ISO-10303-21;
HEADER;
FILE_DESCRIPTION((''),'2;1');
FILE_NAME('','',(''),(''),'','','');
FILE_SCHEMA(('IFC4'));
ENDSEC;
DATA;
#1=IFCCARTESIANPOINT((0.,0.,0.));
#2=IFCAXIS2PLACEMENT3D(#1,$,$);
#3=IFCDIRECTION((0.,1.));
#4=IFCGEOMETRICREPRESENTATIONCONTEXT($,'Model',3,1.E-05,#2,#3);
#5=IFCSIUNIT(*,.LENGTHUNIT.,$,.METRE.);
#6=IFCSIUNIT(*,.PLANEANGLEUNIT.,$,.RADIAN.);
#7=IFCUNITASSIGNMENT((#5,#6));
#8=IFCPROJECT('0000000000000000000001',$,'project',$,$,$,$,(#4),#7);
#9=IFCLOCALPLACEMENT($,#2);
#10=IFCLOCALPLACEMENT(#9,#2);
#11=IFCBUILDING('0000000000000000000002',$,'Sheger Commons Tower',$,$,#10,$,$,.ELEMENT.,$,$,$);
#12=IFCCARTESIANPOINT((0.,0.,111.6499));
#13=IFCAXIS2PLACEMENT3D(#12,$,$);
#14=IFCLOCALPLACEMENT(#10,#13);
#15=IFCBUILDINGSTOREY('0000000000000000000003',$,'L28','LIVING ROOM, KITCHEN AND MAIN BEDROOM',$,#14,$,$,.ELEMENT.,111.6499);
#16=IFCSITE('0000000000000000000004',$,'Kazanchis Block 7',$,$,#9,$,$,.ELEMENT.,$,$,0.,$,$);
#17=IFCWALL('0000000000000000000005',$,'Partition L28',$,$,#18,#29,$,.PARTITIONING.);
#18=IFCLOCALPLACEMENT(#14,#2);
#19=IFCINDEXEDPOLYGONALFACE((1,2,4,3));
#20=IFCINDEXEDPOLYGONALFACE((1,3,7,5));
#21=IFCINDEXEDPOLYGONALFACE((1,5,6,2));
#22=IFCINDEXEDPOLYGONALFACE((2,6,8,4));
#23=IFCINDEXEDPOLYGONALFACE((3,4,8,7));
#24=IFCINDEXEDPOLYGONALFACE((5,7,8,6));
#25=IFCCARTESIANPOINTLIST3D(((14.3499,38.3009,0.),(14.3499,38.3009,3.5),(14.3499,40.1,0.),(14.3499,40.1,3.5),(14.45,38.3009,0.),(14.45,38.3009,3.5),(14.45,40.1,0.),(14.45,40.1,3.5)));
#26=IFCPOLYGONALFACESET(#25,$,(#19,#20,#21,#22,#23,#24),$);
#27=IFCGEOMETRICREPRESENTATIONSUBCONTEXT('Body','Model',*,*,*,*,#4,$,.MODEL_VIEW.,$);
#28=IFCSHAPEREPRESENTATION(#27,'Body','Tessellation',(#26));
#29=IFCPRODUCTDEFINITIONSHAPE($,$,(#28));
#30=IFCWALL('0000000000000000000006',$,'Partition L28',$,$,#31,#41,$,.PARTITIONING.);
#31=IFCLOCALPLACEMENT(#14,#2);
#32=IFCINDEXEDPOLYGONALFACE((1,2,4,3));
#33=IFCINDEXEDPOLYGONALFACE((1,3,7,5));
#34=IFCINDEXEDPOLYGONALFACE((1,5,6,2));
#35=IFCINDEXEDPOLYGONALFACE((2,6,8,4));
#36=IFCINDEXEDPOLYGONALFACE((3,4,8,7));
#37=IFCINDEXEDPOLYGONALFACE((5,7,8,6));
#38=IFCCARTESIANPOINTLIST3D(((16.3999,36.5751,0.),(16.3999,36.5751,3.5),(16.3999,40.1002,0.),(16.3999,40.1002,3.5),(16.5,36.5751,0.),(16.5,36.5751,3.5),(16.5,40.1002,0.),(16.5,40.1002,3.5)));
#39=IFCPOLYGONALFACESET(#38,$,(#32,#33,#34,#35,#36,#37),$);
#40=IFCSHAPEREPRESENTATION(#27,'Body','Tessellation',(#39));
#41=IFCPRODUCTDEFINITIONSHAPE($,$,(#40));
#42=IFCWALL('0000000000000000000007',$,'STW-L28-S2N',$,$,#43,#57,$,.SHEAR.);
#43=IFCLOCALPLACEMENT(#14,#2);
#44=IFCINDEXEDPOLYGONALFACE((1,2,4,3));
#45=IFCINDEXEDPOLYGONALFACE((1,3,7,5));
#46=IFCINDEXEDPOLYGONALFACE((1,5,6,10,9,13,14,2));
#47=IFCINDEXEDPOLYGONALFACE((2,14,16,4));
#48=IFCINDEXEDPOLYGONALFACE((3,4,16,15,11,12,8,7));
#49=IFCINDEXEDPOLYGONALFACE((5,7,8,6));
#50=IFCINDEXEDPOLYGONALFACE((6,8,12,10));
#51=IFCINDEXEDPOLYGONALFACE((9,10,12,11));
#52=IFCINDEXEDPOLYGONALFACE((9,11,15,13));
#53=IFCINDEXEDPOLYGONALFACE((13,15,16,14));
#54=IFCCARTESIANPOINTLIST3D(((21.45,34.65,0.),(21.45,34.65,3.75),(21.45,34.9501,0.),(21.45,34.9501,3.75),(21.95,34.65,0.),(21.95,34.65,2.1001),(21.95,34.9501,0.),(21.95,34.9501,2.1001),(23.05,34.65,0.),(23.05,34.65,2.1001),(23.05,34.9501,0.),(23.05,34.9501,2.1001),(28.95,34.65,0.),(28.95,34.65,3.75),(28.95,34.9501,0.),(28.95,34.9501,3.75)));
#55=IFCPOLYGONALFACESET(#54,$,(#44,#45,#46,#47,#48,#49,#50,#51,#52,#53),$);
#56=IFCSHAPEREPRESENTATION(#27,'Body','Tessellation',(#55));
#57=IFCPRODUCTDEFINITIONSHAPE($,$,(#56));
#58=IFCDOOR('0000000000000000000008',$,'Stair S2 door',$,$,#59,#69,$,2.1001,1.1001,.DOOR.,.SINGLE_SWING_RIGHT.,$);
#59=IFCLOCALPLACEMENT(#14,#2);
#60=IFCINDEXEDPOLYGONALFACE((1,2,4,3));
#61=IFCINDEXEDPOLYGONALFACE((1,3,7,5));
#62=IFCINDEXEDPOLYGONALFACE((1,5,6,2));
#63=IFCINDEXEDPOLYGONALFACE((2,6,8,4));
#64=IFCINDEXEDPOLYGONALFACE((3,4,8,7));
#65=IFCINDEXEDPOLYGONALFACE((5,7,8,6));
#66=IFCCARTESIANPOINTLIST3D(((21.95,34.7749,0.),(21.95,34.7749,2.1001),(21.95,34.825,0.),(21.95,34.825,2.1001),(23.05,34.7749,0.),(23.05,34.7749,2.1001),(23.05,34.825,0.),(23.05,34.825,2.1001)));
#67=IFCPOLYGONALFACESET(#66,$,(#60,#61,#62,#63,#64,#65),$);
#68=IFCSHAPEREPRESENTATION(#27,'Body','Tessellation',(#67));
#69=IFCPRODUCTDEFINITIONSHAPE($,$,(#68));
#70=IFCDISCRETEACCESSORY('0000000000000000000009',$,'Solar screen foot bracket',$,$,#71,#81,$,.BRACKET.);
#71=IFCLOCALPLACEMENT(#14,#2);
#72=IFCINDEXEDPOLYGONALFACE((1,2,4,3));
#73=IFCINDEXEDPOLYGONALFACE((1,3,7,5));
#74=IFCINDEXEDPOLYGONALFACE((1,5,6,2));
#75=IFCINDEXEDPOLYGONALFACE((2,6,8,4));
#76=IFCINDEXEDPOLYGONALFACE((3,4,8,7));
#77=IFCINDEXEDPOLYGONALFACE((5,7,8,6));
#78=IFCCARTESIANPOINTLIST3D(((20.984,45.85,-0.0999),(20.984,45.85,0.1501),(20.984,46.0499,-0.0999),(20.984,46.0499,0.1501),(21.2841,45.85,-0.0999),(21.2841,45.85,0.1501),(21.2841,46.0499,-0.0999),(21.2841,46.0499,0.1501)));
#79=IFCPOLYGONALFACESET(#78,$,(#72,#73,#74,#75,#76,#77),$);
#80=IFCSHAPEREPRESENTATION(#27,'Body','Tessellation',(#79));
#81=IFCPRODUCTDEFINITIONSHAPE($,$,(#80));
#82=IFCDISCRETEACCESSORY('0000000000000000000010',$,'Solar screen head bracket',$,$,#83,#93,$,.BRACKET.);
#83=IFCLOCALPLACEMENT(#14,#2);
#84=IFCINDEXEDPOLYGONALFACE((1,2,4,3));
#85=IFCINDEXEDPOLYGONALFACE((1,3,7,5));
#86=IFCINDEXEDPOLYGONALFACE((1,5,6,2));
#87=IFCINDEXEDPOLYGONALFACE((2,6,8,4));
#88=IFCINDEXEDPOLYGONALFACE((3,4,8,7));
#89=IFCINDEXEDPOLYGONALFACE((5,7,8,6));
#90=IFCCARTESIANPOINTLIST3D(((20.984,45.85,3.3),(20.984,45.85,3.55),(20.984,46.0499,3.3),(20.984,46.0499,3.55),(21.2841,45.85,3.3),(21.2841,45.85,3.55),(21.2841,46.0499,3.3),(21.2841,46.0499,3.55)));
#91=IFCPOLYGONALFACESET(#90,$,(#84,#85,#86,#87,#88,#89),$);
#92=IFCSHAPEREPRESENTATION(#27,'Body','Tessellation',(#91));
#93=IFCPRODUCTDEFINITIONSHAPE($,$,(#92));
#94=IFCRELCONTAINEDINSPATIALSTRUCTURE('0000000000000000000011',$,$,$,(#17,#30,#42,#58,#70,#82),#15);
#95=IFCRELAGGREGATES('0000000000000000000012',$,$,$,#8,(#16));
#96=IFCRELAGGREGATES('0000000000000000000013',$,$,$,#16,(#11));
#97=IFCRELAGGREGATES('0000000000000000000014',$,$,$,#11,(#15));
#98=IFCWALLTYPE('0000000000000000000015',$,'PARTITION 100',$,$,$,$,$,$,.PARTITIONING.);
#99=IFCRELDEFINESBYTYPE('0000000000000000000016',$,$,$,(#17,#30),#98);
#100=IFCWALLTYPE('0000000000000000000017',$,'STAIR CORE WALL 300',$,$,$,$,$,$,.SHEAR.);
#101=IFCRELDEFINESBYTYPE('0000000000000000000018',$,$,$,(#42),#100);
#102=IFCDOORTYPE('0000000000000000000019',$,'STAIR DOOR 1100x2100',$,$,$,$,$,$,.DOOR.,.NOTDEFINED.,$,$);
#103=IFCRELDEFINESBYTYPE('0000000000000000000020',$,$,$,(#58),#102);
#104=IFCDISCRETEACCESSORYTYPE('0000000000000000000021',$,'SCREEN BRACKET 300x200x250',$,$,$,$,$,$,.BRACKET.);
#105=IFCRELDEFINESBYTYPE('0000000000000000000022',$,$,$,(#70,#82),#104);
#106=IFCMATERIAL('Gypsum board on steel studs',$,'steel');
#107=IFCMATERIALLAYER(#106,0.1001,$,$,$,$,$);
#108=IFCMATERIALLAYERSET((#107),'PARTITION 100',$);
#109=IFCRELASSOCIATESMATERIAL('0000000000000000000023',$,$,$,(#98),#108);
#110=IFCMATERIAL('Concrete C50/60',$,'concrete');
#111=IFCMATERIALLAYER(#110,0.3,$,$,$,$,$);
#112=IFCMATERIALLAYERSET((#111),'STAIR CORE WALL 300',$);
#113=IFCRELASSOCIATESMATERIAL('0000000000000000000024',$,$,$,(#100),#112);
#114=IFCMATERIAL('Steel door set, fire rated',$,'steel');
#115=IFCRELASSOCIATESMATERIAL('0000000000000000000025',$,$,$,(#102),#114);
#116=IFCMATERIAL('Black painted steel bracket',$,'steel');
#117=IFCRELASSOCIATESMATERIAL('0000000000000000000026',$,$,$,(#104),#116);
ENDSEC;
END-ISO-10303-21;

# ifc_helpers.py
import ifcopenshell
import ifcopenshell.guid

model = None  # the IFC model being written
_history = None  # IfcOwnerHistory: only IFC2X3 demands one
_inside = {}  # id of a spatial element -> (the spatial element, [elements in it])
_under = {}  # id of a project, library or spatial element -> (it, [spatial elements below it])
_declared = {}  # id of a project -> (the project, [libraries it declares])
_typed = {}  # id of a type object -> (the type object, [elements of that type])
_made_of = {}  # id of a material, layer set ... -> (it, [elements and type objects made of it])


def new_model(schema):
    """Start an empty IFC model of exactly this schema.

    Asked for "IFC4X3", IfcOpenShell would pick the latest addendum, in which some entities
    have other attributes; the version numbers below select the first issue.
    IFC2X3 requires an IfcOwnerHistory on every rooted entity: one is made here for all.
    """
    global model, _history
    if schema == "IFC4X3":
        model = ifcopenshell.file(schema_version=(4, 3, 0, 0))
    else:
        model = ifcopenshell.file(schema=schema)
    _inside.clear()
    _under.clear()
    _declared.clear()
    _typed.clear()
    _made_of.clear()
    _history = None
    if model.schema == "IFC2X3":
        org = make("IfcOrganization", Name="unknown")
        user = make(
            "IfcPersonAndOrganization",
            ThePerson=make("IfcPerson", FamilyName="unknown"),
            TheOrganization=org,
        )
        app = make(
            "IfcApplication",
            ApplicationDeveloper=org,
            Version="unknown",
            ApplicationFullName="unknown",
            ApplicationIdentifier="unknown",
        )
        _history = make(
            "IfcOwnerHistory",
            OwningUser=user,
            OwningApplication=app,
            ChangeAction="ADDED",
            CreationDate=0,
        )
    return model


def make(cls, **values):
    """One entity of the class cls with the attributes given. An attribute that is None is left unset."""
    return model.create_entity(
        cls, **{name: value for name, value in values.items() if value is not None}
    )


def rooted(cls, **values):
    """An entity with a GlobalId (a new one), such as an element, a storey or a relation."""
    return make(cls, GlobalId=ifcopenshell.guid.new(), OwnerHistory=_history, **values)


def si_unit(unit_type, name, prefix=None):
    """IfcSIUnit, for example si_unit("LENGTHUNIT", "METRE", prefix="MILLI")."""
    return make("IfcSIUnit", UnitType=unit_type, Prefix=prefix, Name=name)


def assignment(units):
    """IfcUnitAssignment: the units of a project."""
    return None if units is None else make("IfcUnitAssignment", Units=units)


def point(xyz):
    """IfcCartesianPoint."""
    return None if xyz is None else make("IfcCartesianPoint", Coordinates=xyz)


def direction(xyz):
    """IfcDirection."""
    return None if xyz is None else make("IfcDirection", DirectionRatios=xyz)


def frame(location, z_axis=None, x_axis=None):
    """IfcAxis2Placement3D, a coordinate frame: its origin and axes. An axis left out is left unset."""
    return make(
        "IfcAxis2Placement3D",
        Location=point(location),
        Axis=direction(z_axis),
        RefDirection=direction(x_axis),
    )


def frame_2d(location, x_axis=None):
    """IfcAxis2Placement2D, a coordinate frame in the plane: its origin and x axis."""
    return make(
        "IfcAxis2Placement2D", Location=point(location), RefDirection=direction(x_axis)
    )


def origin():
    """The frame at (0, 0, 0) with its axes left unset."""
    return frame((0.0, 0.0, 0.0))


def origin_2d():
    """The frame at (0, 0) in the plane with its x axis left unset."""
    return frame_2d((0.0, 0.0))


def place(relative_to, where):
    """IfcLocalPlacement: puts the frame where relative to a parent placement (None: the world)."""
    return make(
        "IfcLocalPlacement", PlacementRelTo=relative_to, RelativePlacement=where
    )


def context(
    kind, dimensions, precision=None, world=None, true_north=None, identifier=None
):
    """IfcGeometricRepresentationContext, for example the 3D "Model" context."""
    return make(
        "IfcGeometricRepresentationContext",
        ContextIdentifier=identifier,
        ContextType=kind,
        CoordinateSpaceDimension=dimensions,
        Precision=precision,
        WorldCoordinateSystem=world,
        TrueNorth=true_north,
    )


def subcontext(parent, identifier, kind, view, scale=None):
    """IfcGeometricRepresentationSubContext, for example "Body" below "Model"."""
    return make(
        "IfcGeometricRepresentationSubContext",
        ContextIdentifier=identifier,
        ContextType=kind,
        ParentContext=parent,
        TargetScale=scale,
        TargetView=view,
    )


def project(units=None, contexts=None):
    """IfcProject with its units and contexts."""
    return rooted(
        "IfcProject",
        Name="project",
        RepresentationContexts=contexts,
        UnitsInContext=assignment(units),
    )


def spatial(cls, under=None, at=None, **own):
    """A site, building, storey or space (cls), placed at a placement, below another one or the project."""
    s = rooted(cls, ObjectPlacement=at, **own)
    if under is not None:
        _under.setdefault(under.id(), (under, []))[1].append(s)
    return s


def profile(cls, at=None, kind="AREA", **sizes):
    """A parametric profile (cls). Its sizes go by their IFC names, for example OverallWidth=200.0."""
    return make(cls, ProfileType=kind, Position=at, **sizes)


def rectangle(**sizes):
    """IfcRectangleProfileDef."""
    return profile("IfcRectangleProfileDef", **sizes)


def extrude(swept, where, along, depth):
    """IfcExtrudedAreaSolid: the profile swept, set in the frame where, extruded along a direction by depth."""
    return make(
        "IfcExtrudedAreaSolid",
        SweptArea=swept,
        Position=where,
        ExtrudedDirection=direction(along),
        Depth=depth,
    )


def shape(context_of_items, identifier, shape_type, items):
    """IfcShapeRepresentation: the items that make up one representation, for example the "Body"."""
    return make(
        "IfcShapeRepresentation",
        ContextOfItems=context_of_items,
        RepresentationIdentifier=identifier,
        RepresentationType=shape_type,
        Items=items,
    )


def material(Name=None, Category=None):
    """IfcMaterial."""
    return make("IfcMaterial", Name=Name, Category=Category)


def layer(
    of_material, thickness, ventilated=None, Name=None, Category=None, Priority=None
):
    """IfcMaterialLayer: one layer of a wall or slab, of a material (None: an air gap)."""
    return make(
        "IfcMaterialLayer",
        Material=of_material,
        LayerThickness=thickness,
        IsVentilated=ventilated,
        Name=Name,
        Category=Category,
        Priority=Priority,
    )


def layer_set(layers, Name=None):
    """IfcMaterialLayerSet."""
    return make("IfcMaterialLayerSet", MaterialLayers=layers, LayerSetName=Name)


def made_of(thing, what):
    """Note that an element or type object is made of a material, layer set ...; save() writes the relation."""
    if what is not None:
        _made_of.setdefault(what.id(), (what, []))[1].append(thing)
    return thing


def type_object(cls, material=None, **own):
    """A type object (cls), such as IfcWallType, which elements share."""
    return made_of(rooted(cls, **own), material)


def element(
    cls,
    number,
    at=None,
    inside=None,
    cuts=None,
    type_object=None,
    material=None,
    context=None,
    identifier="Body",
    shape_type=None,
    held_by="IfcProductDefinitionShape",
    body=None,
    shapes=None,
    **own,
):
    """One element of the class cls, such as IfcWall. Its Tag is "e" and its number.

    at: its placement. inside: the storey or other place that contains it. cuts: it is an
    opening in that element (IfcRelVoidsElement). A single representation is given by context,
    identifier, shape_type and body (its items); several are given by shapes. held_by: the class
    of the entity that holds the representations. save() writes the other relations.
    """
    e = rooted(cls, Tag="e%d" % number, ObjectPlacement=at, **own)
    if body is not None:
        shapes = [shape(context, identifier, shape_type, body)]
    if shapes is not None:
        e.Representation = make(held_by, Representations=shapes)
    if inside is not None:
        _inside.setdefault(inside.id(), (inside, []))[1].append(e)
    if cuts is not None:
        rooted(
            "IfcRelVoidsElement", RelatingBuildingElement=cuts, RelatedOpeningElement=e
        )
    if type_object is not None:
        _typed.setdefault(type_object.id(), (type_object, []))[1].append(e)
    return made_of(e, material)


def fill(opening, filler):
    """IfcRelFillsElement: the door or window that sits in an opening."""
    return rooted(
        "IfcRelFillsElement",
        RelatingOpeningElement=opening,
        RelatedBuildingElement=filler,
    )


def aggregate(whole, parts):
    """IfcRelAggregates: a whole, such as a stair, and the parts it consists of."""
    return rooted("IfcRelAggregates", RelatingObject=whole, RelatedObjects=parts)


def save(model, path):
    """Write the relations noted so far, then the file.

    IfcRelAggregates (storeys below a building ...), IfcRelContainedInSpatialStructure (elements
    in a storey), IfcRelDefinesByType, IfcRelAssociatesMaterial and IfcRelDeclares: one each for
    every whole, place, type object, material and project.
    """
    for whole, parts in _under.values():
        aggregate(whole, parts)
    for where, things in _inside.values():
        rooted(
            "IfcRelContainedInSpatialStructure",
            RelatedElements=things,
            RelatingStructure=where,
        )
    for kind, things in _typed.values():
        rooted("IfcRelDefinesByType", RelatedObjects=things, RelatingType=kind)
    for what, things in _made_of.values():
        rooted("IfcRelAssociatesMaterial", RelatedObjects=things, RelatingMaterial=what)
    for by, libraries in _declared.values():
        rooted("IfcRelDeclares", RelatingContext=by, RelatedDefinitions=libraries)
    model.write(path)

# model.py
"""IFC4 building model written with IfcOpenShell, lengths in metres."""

from ifc_helpers import new_model, si_unit, direction, frame, frame_2d, origin, origin_2d, place, context, subcontext, project, spatial, rectangle, extrude, material, layer, layer_set, type_object, element, fill, save


model = new_model("IFC4")

# Units and contexts
model_context = context("Model", 3, precision=1e-05, world=origin(), true_north=direction((0.0, 1.0)))
body_context = subcontext(model_context, "Body", "Model", "MODEL_VIEW")
ifc_project = project(units=[si_unit("LENGTHUNIT", "METRE"), si_unit("PLANEANGLEUNIT", "RADIAN")], contexts=[model_context])

# Site, building, storey
site_placement = place(None, origin())
site = spatial("IfcSite", under=ifc_project, at=site_placement, Name="Kazanchis Block 7", CompositionType="ELEMENT", RefElevation=0.0)
building_placement = place(site_placement, origin())
building = spatial("IfcBuilding", under=site, at=building_placement, Name="Sheger Commons Tower", CompositionType="ELEMENT")
storey_placement = place(building_placement, frame((0.0, 0.0, 111.6499)))
storey = spatial("IfcBuildingStorey", under=building, at=storey_placement, Name="L28", Description="LIVING ROOM, KITCHEN AND MAIN BEDROOM", CompositionType="ELEMENT", Elevation=111.6499)

# Shared definitions
ifc_material_1 = material(Name="Gypsum board on steel studs", Category="steel")
ifc_layer_1 = layer(ifc_material_1, 0.1001)
ifc_layer_set_1 = layer_set([ifc_layer_1], Name="PARTITION 100")
wall_type_1 = type_object("IfcWallType", Name="PARTITION 100", PredefinedType="PARTITIONING", material=ifc_layer_set_1)

# Walls
wall_1_placement = place(storey_placement, frame((14.3999, 38.301, 0.0), z_axis=(0.0, 0.0, 1.0), x_axis=(0.0, 1.0, 0.0)))
element("IfcWall", 1, at=wall_1_placement, inside=storey, type_object=wall_type_1, Name="Partition L28", PredefinedType="PARTITIONING", context=body_context, shape_type="SweptSolid", body=[
    extrude(rectangle(XDim=1.7991, YDim=0.1001, at=frame_2d((0.8994, 0.0))), origin(), (0.0, 0.0, 1.0), 3.5),
])
wall_2_placement = place(storey_placement, frame((16.45, 36.575, 0.0), z_axis=(0.0, 0.0, 1.0), x_axis=(0.0, 1.0, 0.0)))
element("IfcWall", 2, at=wall_2_placement, inside=storey, type_object=wall_type_1, Name="Partition L28", PredefinedType="PARTITIONING", context=body_context, shape_type="SweptSolid", body=[
    extrude(rectangle(XDim=3.5251, YDim=0.1001, at=frame_2d((1.7627, 0.0))), origin(), (0.0, 0.0, 1.0), 3.5),
])

# Wall, opening, door
ifc_material_2 = material(Name="Concrete C50/60", Category="concrete")
ifc_layer_2 = layer(ifc_material_2, 0.3)
ifc_layer_set_2 = layer_set([ifc_layer_2], Name="STAIR CORE WALL 300")
wall_type_2 = type_object("IfcWallType", Name="STAIR CORE WALL 300", PredefinedType="SHEAR", material=ifc_layer_set_2)
wall_3_placement = place(storey_placement, frame((21.45, 34.8, 0.0), z_axis=(0.0, 0.0, 1.0), x_axis=(1.0, 0.0, 0.0)))
wall_3 = element("IfcWall", 3, at=wall_3_placement, inside=storey, type_object=wall_type_2, Name="STW-L28-S2N", PredefinedType="SHEAR", context=body_context, shape_type="SweptSolid", body=[
    extrude(rectangle(XDim=7.5, YDim=0.3, at=frame_2d((3.75, 0.0))), origin(), (0.0, 0.0, 1.0), 3.75),
])
opening_1_placement = place(wall_3_placement, frame((0.5, 0.0, 0.0)))
opening_1 = element("IfcOpeningElement", 4, at=opening_1_placement, cuts=wall_3, PredefinedType="OPENING", context=body_context, shape_type="SweptSolid", body=[
    extrude(rectangle(XDim=1.1001, YDim=2.1001, at=frame_2d((0.55, 1.05))), frame((0.0, 0.1599, 0.0), z_axis=(0.0, -1.0, 0.0), x_axis=(1.0, 0.0, 0.0)), (0.0, 0.0, 1.0), 0.3201),
])
ifc_material_3 = material(Name="Steel door set, fire rated", Category="steel")
door_type_1 = type_object("IfcDoorType", Name="STAIR DOOR 1100x2100", OperationType="NOTDEFINED", PredefinedType="DOOR", material=ifc_material_3)
door_1_placement = place(opening_1_placement, origin())
door_1 = element("IfcDoor", 5, at=door_1_placement, inside=storey, type_object=door_type_1, Name="Stair S2 door", OperationType="SINGLE_SWING_RIGHT", OverallHeight=2.1001, OverallWidth=1.1001, PredefinedType="DOOR", context=body_context, shape_type="SweptSolid", body=[
    extrude(rectangle(XDim=1.1001, YDim=2.1001, at=frame_2d((0.55, 1.05))), frame((0.0, 0.0249, 0.0), z_axis=(0.0, -1.0, 0.0), x_axis=(1.0, 0.0, 0.0)), (0.0, 0.0, 1.0), 0.05),
])
fill(opening_1, door_1)

# Discrete accessories
ifc_material_4 = material(Name="Black painted steel bracket", Category="steel")
discrete_accessory_type = type_object("IfcDiscreteAccessoryType", Name="SCREEN BRACKET 300x200x250", PredefinedType="BRACKET", material=ifc_material_4)
for number, where, z_axis, x_axis, name in (
    (6, (21.134, 45.95, -0.0999), (0.0, 0.0, 1.0), (-1.0, 0.0, 0.0), "Solar screen foot bracket"),
    (7, (21.134, 45.95, 3.3), (0.0, 0.0, 1.0), (-1.0, 0.0, 0.0), "Solar screen head bracket"),
):
    element("IfcDiscreteAccessory", number, at=place(storey_placement, frame(where, z_axis=z_axis, x_axis=x_axis)), inside=storey, type_object=discrete_accessory_type, Name=name, PredefinedType="BRACKET", context=body_context, shape_type="SweptSolid", body=[
        extrude(rectangle(XDim=0.3, YDim=0.2, at=origin_2d()), origin(), (0.0, 0.0, 1.0), 0.25),
    ])

save(model, "model.ifc")
